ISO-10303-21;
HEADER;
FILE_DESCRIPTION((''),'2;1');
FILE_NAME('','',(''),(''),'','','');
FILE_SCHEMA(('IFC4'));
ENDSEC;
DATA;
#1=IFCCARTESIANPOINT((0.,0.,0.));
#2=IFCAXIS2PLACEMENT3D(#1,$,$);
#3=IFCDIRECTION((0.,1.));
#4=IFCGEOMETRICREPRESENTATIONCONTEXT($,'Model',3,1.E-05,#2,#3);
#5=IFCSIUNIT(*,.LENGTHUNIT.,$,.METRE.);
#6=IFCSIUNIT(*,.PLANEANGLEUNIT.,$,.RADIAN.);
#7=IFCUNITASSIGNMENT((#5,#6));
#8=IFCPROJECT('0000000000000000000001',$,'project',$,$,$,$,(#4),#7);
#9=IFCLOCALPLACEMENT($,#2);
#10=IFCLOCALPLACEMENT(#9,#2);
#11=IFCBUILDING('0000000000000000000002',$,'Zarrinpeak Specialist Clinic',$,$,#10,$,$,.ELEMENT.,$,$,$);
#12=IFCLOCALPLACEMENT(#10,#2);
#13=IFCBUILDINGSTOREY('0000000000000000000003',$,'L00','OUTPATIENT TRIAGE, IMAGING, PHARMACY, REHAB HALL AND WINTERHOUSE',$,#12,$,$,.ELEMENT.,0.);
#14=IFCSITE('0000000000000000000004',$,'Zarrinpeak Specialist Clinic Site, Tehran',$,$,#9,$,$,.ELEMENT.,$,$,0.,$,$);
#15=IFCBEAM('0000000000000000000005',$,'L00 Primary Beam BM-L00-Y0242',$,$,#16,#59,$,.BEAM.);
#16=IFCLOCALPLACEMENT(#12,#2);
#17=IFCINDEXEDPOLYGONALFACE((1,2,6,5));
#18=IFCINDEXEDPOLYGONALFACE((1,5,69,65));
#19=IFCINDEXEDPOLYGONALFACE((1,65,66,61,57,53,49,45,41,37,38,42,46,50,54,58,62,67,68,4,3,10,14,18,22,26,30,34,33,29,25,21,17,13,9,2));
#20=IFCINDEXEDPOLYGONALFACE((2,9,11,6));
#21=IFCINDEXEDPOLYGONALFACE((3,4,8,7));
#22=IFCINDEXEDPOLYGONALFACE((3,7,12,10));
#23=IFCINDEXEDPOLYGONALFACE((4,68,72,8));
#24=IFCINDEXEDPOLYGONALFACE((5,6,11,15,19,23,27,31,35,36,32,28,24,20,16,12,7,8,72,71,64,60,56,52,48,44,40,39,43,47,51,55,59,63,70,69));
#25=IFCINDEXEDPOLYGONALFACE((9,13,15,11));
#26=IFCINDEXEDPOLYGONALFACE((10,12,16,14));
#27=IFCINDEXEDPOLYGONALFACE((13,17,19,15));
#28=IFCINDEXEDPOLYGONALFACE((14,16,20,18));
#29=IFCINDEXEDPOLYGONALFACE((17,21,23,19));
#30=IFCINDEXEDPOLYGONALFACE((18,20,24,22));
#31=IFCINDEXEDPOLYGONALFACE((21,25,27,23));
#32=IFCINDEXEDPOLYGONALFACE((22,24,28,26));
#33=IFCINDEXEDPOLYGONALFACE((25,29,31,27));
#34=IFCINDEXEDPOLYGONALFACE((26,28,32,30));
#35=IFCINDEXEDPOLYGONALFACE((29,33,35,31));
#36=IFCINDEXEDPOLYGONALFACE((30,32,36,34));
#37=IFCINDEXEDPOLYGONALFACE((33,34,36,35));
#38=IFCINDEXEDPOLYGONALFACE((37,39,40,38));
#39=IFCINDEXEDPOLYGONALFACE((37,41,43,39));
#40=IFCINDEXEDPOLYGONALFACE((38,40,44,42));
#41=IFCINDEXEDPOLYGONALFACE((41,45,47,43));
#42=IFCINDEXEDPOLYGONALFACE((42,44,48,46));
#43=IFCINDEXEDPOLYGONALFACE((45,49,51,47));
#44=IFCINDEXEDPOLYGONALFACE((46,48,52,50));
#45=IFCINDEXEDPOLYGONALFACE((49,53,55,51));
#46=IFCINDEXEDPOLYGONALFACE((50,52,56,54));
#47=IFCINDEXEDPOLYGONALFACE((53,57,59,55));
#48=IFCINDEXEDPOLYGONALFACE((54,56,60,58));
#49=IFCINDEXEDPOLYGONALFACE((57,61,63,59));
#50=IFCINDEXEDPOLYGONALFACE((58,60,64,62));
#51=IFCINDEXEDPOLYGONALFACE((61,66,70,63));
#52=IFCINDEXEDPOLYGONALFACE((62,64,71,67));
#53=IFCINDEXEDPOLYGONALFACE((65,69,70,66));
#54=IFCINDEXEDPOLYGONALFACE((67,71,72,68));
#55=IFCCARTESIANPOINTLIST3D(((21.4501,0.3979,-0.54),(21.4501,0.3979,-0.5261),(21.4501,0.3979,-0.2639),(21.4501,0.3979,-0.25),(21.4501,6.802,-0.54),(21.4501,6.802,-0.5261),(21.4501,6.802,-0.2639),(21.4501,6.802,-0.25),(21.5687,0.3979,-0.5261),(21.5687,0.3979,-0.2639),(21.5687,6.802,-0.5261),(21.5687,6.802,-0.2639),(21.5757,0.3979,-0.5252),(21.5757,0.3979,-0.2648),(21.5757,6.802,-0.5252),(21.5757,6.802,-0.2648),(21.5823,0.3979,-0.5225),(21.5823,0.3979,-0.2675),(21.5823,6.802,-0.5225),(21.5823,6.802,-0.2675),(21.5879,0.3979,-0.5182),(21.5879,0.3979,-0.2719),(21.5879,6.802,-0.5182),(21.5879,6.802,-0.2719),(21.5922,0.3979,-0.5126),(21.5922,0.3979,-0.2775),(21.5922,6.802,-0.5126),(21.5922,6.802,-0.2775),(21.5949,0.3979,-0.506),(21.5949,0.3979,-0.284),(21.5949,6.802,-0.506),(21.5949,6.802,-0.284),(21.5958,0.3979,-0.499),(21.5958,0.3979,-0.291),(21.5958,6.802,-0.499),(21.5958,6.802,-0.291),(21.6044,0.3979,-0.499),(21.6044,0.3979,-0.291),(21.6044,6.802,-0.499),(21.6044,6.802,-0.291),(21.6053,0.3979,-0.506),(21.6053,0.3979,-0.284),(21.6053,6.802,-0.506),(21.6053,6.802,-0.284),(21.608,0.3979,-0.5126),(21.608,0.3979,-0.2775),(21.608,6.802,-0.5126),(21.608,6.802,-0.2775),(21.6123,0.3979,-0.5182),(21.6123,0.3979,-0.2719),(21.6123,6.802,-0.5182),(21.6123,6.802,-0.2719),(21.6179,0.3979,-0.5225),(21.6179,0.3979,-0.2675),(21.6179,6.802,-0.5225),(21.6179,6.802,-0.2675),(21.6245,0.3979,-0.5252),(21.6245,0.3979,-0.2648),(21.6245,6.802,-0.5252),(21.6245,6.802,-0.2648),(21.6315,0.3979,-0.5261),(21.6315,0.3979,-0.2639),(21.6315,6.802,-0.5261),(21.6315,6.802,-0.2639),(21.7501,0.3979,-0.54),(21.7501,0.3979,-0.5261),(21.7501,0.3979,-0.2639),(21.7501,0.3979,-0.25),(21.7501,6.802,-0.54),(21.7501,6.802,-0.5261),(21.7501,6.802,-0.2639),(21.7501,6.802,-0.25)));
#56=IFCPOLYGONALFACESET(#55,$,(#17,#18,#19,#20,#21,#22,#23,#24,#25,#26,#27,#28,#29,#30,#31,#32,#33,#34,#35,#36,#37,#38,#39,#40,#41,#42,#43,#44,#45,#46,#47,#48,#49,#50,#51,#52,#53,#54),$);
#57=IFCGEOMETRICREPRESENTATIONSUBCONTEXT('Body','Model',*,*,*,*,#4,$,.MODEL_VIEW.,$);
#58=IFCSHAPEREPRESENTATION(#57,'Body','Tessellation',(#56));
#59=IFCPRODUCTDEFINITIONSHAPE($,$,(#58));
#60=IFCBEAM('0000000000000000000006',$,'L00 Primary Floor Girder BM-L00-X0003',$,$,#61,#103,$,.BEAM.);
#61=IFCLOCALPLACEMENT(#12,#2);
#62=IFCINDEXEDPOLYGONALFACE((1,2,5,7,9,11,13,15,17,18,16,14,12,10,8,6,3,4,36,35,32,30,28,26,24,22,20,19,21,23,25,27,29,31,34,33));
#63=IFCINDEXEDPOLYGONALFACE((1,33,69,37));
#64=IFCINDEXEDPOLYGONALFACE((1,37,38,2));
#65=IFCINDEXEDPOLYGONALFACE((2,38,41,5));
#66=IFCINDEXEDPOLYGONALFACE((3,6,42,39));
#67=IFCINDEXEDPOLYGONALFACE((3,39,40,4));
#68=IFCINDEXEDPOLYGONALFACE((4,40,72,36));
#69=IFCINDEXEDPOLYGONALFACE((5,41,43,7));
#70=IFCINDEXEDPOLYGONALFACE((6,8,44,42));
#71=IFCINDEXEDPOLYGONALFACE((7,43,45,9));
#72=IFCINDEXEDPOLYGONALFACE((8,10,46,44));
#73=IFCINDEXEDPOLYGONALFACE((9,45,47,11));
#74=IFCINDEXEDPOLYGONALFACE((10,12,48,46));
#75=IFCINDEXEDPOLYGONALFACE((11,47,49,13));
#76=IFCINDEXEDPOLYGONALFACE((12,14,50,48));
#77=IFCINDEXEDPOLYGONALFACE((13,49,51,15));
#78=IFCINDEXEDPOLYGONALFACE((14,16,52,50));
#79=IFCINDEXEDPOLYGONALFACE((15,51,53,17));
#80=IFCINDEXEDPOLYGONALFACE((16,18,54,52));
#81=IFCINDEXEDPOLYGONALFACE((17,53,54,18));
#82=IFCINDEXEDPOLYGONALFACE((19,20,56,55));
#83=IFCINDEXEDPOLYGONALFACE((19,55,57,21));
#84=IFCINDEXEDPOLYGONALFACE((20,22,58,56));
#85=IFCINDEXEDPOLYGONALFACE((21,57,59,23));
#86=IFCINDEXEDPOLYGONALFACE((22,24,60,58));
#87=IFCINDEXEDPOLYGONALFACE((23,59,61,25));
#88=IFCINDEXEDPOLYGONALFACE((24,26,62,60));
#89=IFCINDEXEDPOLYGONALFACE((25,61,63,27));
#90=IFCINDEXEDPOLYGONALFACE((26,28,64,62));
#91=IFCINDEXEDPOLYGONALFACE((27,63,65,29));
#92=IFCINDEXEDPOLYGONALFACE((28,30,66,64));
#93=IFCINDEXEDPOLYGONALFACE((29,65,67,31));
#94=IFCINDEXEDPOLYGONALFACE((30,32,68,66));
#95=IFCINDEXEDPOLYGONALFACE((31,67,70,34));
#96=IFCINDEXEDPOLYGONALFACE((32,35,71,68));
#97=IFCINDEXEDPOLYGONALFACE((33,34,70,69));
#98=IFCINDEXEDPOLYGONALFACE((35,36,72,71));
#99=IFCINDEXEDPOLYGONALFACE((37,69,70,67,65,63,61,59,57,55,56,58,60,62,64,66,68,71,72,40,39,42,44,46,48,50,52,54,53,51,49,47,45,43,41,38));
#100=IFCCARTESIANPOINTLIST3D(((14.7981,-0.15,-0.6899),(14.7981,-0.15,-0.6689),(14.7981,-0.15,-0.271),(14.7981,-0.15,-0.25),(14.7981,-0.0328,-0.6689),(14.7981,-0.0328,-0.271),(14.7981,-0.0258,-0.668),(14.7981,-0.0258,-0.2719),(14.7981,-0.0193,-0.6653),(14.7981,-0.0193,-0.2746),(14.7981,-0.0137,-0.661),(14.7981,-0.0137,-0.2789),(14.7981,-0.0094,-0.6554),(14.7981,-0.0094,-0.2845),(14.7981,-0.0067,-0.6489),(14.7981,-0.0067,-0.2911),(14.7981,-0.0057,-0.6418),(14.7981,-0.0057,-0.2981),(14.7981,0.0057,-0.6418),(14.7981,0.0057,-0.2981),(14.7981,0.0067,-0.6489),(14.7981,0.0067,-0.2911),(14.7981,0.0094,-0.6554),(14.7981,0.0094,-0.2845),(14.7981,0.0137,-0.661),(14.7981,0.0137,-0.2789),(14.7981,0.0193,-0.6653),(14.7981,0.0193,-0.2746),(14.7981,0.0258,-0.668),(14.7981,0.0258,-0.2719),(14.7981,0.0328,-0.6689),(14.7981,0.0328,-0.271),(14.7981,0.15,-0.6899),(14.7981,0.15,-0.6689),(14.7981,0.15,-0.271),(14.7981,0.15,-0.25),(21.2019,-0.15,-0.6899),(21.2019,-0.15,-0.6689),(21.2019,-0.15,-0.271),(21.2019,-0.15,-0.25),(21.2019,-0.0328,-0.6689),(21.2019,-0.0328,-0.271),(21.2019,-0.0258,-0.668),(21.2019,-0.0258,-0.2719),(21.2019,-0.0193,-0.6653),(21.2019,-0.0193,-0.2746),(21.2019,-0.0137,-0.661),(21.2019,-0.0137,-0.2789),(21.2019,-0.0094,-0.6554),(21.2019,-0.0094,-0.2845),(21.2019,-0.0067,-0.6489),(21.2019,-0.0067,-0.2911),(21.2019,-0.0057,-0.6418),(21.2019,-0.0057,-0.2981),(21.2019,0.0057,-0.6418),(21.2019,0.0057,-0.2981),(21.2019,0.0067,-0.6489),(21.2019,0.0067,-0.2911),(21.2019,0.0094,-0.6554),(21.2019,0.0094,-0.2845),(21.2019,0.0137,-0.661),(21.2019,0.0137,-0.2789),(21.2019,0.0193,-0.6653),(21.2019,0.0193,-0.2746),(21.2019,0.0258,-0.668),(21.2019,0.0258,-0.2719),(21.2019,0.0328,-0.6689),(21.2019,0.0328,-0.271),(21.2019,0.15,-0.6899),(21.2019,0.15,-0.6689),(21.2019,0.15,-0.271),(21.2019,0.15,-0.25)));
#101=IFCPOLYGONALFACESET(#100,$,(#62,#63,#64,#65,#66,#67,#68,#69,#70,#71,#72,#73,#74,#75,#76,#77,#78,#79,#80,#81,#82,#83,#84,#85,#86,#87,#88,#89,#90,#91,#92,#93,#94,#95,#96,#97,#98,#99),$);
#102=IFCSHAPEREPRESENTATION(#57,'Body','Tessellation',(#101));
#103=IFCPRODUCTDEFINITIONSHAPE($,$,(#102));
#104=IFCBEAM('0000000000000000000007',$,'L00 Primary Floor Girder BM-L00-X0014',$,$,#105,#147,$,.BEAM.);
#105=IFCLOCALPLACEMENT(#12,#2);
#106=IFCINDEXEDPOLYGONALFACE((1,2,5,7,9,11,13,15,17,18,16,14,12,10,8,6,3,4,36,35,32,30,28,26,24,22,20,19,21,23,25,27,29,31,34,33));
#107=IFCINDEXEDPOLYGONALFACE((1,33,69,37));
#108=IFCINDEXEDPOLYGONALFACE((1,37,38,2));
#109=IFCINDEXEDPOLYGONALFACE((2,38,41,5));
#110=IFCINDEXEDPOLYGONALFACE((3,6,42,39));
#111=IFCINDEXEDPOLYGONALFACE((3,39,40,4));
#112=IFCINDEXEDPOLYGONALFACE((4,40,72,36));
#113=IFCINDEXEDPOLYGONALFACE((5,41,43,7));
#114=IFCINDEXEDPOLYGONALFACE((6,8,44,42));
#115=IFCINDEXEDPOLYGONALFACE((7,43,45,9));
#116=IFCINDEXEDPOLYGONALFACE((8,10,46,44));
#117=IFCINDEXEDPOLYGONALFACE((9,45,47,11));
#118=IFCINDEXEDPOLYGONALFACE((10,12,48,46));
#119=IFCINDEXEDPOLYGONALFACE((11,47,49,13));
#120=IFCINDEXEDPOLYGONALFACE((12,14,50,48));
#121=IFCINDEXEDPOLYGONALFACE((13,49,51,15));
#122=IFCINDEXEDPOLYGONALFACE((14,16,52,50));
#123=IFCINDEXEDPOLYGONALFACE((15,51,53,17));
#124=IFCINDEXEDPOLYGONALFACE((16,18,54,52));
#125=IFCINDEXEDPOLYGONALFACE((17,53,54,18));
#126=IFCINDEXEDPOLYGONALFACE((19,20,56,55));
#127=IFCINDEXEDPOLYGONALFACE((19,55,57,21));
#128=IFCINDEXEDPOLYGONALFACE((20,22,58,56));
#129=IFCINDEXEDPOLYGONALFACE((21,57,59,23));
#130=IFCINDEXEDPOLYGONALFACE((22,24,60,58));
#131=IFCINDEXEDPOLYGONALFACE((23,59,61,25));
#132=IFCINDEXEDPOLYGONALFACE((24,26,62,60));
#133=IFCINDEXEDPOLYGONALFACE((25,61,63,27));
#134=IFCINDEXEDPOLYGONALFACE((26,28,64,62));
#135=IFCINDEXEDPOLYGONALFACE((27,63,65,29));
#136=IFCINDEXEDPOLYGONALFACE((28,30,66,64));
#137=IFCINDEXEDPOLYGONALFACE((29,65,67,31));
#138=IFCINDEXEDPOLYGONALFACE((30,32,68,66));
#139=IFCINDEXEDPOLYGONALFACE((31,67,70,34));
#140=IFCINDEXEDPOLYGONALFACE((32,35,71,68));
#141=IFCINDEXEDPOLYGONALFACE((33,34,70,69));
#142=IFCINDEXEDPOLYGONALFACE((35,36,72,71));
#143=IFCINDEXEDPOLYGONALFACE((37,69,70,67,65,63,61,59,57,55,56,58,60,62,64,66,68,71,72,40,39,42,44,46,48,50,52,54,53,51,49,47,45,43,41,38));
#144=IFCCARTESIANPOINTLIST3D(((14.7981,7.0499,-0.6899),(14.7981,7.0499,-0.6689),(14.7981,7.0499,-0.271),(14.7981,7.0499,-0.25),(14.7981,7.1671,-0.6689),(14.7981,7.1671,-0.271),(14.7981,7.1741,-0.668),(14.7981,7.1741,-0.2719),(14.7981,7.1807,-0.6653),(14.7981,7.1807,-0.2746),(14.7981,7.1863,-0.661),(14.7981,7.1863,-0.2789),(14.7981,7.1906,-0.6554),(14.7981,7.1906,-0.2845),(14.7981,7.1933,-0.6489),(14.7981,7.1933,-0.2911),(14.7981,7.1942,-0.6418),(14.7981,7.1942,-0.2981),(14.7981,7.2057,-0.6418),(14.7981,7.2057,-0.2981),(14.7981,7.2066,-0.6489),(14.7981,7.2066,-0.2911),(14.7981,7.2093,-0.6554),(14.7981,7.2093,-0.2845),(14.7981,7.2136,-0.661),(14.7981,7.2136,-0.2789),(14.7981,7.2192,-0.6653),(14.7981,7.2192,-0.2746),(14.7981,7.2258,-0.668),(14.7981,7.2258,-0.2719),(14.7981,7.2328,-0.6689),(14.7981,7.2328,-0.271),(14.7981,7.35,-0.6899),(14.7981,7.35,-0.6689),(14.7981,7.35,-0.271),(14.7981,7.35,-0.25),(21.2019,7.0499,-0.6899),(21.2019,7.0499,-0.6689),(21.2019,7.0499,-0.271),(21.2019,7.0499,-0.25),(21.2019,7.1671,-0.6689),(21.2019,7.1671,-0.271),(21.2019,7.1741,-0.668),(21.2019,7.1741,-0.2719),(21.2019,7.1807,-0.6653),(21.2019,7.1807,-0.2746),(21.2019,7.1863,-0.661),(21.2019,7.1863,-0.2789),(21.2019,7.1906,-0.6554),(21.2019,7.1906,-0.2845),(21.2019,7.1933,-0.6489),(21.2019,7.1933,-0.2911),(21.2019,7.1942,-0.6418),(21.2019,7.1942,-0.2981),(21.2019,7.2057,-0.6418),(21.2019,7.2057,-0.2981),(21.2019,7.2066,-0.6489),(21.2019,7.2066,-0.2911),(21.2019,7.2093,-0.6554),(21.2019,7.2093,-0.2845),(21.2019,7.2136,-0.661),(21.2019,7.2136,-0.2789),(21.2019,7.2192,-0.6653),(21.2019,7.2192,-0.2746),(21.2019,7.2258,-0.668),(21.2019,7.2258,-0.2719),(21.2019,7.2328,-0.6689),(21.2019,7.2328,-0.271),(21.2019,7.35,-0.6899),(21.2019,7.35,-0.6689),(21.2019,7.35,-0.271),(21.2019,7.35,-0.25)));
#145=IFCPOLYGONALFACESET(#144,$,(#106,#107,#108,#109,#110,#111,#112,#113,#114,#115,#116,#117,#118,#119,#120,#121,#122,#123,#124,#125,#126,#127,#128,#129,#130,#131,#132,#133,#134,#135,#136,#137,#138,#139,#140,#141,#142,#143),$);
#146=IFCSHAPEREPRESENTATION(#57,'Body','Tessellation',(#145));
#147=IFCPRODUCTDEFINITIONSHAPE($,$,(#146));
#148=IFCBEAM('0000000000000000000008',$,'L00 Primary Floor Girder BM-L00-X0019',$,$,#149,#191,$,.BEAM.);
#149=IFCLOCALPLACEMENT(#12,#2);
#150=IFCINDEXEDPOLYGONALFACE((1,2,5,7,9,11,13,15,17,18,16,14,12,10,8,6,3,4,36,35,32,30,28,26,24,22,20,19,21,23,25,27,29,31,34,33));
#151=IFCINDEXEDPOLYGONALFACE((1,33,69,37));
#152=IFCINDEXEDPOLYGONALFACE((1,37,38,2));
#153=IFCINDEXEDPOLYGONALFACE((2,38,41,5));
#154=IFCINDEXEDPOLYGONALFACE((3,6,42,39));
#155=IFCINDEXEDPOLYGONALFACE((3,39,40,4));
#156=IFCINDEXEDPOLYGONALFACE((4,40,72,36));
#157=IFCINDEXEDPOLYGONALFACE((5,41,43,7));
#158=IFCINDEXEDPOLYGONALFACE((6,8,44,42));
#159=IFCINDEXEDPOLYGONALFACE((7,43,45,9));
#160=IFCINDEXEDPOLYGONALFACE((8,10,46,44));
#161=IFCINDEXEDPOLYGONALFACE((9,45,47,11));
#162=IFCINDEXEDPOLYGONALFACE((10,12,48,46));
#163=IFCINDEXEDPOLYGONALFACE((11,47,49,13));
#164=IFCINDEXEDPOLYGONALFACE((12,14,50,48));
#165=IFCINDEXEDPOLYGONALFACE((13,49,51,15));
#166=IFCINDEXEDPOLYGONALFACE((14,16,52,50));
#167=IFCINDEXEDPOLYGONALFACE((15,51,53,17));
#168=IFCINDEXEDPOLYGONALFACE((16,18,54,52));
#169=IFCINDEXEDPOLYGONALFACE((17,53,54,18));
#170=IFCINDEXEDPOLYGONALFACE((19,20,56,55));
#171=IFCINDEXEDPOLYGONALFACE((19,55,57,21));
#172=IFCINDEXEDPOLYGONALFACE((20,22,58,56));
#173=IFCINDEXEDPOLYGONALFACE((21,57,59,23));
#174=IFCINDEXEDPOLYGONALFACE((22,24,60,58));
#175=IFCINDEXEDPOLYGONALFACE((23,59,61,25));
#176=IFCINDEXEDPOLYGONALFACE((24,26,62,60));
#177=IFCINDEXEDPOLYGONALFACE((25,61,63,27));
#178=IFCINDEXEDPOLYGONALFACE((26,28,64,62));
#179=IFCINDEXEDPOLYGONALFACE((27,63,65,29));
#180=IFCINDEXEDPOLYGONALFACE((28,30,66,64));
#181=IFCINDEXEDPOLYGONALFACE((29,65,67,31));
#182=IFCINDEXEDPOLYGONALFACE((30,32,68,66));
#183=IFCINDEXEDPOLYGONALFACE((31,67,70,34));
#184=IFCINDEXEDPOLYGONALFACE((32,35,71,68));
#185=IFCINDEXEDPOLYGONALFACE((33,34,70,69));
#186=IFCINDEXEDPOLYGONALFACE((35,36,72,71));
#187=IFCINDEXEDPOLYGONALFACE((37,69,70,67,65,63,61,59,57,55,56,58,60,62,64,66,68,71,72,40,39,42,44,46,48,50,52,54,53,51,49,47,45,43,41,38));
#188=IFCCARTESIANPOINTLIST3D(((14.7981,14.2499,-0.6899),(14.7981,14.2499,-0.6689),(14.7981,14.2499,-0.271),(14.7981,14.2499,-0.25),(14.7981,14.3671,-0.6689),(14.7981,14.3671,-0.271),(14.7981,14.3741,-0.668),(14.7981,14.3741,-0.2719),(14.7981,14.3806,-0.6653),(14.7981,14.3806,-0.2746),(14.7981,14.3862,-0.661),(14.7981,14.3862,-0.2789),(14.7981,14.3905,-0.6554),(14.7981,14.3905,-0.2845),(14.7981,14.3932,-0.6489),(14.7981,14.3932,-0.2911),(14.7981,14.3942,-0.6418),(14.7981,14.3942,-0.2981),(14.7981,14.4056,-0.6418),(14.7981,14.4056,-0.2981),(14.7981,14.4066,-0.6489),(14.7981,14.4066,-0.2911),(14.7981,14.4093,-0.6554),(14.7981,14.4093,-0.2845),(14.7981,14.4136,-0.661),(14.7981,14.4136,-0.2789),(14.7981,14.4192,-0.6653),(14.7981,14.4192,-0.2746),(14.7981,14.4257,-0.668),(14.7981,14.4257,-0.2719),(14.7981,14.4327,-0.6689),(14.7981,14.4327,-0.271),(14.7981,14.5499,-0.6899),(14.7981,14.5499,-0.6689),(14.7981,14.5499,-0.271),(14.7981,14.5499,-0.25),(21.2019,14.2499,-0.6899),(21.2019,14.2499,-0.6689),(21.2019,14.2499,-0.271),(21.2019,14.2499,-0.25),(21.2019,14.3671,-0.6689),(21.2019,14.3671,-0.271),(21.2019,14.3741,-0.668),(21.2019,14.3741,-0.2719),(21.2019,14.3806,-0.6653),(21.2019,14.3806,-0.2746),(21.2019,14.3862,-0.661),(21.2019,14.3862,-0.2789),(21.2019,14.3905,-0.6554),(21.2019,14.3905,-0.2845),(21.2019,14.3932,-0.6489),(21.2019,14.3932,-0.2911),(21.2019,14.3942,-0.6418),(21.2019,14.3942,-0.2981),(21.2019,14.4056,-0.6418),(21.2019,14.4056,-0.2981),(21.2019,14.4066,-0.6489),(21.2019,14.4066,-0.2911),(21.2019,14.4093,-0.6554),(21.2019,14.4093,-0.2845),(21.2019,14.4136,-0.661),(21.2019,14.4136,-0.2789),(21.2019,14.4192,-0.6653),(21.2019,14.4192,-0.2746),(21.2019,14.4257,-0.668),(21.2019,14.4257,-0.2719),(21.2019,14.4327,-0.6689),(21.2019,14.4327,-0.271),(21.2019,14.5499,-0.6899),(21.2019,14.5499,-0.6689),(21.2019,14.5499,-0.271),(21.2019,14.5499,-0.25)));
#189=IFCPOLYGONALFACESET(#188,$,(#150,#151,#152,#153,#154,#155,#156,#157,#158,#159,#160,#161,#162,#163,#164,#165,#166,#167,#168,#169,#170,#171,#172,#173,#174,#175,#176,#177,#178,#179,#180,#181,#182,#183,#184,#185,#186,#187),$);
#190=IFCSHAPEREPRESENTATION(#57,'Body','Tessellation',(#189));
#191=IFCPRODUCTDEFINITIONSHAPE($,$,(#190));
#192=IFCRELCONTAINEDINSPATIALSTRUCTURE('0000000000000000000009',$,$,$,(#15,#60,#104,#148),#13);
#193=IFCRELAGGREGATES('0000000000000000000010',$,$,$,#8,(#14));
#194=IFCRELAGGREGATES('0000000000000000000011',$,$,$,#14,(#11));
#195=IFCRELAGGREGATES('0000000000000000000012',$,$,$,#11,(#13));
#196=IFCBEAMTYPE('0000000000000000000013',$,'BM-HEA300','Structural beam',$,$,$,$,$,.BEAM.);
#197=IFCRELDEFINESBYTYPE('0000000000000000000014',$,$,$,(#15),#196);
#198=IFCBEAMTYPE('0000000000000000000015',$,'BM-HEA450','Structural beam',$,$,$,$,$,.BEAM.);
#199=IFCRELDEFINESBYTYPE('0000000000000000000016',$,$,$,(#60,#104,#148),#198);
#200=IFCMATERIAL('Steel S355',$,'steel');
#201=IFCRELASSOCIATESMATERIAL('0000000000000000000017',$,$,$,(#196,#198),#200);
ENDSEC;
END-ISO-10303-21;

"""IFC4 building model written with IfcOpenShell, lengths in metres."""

from ifc_helpers import new_model, si_unit, direction, frame, origin, origin_2d, place, context, subcontext, project, spatial, i_section, extrude, material, material_profile, profile_set, type_object, element, save


model = new_model("IFC4")

# Units and contexts
model_context = context("Model", 3, precision=1e-05, world=origin(), true_north=direction((0.0, 1.0)))
body_context = subcontext(model_context, "Body", "Model", "MODEL_VIEW")
ifc_project = project(units=[si_unit("LENGTHUNIT", "METRE"), si_unit("PLANEANGLEUNIT", "RADIAN")], contexts=[model_context])

# Site, building, storey
site_placement = place(None, origin())
site = spatial("IfcSite", under=ifc_project, at=site_placement, Name="Zarrinpeak Specialist Clinic Site, Tehran", CompositionType="ELEMENT", RefElevation=0.0)
building_placement = place(site_placement, origin())
building = spatial("IfcBuilding", under=site, at=building_placement, Name="Zarrinpeak Specialist Clinic", CompositionType="ELEMENT")
storey_placement = place(building_placement, origin())
storey = spatial("IfcBuildingStorey", under=building, at=storey_placement, Name="L00", Description="OUTPATIENT TRIAGE, IMAGING, PHARMACY, REHAB HALL AND WINTERHOUSE", CompositionType="ELEMENT", Elevation=0.0)

# Shared definitions
ifc_material_1 = material(Name="Steel S355", Category="steel")

# Beams
ifc_material_profile_1 = material_profile(ifc_material_1, i_section(OverallWidth=0.3, OverallDepth=0.29, WebThickness=0.0085, FlangeThickness=0.0139, FilletRadius=0.0271, at=origin_2d()), Name="HEA 300")
ifc_profile_set_1 = profile_set([ifc_material_profile_1], Name="Steel S355")
beam_type_1 = type_object("IfcBeamType", Name="BM-HEA300", Description="Structural beam", PredefinedType="BEAM", material=ifc_profile_set_1)
for number, where, z_axis, x_axis, name in (
    (1, (21.6001, 0.3979, -0.395), (0.0, 1.0, 0.0), (-1.0, 0.0, 0.0), "L00 Primary Beam BM-L00-Y0242"),
):
    element("IfcBeam", number, at=place(storey_placement, frame(where, z_axis=z_axis, x_axis=x_axis)), inside=storey, type_object=beam_type_1, Name=name, PredefinedType="BEAM", context=body_context, shape_type="SweptSolid", body=[
        extrude(i_section(OverallWidth=0.3, OverallDepth=0.29, WebThickness=0.0085, FlangeThickness=0.0139, FilletRadius=0.0271, at=origin_2d()), origin(), (0.0, 0.0, 1.0), 6.4041),
    ])
ifc_material_profile_2 = material_profile(ifc_material_1, i_section(OverallWidth=0.3, OverallDepth=0.4399, WebThickness=0.0115, FlangeThickness=0.021, FilletRadius=0.0271, at=origin_2d()), Name="HEA 450")
ifc_profile_set_2 = profile_set([ifc_material_profile_2], Name="Steel S355")
beam_type_2 = type_object("IfcBeamType", Name="BM-HEA450", Description="Structural beam", PredefinedType="BEAM", material=ifc_profile_set_2)
for number, where, z_axis, x_axis, name in (
    (2, (14.7981, 0.0, -0.47), (1.0, 0.0, 0.0), (0.0, 1.0, 0.0), "L00 Primary Floor Girder BM-L00-X0003"),
    (3, (14.7981, 7.2, -0.47), (1.0, 0.0, 0.0), (0.0, 1.0, 0.0), "L00 Primary Floor Girder BM-L00-X0014"),
    (4, (14.7981, 14.3999, -0.47), (1.0, 0.0, 0.0), (0.0, 1.0, 0.0), "L00 Primary Floor Girder BM-L00-X0019"),
):
    element("IfcBeam", number, at=place(storey_placement, frame(where, z_axis=z_axis, x_axis=x_axis)), inside=storey, type_object=beam_type_2, Name=name, PredefinedType="BEAM", context=body_context, shape_type="SweptSolid", body=[
        extrude(i_section(OverallWidth=0.3, OverallDepth=0.4399, WebThickness=0.0115, FlangeThickness=0.021, FilletRadius=0.0271, at=origin_2d()), origin(), (0.0, 0.0, 1.0), 6.4038),
    ])

save(model, "model.ifc")
